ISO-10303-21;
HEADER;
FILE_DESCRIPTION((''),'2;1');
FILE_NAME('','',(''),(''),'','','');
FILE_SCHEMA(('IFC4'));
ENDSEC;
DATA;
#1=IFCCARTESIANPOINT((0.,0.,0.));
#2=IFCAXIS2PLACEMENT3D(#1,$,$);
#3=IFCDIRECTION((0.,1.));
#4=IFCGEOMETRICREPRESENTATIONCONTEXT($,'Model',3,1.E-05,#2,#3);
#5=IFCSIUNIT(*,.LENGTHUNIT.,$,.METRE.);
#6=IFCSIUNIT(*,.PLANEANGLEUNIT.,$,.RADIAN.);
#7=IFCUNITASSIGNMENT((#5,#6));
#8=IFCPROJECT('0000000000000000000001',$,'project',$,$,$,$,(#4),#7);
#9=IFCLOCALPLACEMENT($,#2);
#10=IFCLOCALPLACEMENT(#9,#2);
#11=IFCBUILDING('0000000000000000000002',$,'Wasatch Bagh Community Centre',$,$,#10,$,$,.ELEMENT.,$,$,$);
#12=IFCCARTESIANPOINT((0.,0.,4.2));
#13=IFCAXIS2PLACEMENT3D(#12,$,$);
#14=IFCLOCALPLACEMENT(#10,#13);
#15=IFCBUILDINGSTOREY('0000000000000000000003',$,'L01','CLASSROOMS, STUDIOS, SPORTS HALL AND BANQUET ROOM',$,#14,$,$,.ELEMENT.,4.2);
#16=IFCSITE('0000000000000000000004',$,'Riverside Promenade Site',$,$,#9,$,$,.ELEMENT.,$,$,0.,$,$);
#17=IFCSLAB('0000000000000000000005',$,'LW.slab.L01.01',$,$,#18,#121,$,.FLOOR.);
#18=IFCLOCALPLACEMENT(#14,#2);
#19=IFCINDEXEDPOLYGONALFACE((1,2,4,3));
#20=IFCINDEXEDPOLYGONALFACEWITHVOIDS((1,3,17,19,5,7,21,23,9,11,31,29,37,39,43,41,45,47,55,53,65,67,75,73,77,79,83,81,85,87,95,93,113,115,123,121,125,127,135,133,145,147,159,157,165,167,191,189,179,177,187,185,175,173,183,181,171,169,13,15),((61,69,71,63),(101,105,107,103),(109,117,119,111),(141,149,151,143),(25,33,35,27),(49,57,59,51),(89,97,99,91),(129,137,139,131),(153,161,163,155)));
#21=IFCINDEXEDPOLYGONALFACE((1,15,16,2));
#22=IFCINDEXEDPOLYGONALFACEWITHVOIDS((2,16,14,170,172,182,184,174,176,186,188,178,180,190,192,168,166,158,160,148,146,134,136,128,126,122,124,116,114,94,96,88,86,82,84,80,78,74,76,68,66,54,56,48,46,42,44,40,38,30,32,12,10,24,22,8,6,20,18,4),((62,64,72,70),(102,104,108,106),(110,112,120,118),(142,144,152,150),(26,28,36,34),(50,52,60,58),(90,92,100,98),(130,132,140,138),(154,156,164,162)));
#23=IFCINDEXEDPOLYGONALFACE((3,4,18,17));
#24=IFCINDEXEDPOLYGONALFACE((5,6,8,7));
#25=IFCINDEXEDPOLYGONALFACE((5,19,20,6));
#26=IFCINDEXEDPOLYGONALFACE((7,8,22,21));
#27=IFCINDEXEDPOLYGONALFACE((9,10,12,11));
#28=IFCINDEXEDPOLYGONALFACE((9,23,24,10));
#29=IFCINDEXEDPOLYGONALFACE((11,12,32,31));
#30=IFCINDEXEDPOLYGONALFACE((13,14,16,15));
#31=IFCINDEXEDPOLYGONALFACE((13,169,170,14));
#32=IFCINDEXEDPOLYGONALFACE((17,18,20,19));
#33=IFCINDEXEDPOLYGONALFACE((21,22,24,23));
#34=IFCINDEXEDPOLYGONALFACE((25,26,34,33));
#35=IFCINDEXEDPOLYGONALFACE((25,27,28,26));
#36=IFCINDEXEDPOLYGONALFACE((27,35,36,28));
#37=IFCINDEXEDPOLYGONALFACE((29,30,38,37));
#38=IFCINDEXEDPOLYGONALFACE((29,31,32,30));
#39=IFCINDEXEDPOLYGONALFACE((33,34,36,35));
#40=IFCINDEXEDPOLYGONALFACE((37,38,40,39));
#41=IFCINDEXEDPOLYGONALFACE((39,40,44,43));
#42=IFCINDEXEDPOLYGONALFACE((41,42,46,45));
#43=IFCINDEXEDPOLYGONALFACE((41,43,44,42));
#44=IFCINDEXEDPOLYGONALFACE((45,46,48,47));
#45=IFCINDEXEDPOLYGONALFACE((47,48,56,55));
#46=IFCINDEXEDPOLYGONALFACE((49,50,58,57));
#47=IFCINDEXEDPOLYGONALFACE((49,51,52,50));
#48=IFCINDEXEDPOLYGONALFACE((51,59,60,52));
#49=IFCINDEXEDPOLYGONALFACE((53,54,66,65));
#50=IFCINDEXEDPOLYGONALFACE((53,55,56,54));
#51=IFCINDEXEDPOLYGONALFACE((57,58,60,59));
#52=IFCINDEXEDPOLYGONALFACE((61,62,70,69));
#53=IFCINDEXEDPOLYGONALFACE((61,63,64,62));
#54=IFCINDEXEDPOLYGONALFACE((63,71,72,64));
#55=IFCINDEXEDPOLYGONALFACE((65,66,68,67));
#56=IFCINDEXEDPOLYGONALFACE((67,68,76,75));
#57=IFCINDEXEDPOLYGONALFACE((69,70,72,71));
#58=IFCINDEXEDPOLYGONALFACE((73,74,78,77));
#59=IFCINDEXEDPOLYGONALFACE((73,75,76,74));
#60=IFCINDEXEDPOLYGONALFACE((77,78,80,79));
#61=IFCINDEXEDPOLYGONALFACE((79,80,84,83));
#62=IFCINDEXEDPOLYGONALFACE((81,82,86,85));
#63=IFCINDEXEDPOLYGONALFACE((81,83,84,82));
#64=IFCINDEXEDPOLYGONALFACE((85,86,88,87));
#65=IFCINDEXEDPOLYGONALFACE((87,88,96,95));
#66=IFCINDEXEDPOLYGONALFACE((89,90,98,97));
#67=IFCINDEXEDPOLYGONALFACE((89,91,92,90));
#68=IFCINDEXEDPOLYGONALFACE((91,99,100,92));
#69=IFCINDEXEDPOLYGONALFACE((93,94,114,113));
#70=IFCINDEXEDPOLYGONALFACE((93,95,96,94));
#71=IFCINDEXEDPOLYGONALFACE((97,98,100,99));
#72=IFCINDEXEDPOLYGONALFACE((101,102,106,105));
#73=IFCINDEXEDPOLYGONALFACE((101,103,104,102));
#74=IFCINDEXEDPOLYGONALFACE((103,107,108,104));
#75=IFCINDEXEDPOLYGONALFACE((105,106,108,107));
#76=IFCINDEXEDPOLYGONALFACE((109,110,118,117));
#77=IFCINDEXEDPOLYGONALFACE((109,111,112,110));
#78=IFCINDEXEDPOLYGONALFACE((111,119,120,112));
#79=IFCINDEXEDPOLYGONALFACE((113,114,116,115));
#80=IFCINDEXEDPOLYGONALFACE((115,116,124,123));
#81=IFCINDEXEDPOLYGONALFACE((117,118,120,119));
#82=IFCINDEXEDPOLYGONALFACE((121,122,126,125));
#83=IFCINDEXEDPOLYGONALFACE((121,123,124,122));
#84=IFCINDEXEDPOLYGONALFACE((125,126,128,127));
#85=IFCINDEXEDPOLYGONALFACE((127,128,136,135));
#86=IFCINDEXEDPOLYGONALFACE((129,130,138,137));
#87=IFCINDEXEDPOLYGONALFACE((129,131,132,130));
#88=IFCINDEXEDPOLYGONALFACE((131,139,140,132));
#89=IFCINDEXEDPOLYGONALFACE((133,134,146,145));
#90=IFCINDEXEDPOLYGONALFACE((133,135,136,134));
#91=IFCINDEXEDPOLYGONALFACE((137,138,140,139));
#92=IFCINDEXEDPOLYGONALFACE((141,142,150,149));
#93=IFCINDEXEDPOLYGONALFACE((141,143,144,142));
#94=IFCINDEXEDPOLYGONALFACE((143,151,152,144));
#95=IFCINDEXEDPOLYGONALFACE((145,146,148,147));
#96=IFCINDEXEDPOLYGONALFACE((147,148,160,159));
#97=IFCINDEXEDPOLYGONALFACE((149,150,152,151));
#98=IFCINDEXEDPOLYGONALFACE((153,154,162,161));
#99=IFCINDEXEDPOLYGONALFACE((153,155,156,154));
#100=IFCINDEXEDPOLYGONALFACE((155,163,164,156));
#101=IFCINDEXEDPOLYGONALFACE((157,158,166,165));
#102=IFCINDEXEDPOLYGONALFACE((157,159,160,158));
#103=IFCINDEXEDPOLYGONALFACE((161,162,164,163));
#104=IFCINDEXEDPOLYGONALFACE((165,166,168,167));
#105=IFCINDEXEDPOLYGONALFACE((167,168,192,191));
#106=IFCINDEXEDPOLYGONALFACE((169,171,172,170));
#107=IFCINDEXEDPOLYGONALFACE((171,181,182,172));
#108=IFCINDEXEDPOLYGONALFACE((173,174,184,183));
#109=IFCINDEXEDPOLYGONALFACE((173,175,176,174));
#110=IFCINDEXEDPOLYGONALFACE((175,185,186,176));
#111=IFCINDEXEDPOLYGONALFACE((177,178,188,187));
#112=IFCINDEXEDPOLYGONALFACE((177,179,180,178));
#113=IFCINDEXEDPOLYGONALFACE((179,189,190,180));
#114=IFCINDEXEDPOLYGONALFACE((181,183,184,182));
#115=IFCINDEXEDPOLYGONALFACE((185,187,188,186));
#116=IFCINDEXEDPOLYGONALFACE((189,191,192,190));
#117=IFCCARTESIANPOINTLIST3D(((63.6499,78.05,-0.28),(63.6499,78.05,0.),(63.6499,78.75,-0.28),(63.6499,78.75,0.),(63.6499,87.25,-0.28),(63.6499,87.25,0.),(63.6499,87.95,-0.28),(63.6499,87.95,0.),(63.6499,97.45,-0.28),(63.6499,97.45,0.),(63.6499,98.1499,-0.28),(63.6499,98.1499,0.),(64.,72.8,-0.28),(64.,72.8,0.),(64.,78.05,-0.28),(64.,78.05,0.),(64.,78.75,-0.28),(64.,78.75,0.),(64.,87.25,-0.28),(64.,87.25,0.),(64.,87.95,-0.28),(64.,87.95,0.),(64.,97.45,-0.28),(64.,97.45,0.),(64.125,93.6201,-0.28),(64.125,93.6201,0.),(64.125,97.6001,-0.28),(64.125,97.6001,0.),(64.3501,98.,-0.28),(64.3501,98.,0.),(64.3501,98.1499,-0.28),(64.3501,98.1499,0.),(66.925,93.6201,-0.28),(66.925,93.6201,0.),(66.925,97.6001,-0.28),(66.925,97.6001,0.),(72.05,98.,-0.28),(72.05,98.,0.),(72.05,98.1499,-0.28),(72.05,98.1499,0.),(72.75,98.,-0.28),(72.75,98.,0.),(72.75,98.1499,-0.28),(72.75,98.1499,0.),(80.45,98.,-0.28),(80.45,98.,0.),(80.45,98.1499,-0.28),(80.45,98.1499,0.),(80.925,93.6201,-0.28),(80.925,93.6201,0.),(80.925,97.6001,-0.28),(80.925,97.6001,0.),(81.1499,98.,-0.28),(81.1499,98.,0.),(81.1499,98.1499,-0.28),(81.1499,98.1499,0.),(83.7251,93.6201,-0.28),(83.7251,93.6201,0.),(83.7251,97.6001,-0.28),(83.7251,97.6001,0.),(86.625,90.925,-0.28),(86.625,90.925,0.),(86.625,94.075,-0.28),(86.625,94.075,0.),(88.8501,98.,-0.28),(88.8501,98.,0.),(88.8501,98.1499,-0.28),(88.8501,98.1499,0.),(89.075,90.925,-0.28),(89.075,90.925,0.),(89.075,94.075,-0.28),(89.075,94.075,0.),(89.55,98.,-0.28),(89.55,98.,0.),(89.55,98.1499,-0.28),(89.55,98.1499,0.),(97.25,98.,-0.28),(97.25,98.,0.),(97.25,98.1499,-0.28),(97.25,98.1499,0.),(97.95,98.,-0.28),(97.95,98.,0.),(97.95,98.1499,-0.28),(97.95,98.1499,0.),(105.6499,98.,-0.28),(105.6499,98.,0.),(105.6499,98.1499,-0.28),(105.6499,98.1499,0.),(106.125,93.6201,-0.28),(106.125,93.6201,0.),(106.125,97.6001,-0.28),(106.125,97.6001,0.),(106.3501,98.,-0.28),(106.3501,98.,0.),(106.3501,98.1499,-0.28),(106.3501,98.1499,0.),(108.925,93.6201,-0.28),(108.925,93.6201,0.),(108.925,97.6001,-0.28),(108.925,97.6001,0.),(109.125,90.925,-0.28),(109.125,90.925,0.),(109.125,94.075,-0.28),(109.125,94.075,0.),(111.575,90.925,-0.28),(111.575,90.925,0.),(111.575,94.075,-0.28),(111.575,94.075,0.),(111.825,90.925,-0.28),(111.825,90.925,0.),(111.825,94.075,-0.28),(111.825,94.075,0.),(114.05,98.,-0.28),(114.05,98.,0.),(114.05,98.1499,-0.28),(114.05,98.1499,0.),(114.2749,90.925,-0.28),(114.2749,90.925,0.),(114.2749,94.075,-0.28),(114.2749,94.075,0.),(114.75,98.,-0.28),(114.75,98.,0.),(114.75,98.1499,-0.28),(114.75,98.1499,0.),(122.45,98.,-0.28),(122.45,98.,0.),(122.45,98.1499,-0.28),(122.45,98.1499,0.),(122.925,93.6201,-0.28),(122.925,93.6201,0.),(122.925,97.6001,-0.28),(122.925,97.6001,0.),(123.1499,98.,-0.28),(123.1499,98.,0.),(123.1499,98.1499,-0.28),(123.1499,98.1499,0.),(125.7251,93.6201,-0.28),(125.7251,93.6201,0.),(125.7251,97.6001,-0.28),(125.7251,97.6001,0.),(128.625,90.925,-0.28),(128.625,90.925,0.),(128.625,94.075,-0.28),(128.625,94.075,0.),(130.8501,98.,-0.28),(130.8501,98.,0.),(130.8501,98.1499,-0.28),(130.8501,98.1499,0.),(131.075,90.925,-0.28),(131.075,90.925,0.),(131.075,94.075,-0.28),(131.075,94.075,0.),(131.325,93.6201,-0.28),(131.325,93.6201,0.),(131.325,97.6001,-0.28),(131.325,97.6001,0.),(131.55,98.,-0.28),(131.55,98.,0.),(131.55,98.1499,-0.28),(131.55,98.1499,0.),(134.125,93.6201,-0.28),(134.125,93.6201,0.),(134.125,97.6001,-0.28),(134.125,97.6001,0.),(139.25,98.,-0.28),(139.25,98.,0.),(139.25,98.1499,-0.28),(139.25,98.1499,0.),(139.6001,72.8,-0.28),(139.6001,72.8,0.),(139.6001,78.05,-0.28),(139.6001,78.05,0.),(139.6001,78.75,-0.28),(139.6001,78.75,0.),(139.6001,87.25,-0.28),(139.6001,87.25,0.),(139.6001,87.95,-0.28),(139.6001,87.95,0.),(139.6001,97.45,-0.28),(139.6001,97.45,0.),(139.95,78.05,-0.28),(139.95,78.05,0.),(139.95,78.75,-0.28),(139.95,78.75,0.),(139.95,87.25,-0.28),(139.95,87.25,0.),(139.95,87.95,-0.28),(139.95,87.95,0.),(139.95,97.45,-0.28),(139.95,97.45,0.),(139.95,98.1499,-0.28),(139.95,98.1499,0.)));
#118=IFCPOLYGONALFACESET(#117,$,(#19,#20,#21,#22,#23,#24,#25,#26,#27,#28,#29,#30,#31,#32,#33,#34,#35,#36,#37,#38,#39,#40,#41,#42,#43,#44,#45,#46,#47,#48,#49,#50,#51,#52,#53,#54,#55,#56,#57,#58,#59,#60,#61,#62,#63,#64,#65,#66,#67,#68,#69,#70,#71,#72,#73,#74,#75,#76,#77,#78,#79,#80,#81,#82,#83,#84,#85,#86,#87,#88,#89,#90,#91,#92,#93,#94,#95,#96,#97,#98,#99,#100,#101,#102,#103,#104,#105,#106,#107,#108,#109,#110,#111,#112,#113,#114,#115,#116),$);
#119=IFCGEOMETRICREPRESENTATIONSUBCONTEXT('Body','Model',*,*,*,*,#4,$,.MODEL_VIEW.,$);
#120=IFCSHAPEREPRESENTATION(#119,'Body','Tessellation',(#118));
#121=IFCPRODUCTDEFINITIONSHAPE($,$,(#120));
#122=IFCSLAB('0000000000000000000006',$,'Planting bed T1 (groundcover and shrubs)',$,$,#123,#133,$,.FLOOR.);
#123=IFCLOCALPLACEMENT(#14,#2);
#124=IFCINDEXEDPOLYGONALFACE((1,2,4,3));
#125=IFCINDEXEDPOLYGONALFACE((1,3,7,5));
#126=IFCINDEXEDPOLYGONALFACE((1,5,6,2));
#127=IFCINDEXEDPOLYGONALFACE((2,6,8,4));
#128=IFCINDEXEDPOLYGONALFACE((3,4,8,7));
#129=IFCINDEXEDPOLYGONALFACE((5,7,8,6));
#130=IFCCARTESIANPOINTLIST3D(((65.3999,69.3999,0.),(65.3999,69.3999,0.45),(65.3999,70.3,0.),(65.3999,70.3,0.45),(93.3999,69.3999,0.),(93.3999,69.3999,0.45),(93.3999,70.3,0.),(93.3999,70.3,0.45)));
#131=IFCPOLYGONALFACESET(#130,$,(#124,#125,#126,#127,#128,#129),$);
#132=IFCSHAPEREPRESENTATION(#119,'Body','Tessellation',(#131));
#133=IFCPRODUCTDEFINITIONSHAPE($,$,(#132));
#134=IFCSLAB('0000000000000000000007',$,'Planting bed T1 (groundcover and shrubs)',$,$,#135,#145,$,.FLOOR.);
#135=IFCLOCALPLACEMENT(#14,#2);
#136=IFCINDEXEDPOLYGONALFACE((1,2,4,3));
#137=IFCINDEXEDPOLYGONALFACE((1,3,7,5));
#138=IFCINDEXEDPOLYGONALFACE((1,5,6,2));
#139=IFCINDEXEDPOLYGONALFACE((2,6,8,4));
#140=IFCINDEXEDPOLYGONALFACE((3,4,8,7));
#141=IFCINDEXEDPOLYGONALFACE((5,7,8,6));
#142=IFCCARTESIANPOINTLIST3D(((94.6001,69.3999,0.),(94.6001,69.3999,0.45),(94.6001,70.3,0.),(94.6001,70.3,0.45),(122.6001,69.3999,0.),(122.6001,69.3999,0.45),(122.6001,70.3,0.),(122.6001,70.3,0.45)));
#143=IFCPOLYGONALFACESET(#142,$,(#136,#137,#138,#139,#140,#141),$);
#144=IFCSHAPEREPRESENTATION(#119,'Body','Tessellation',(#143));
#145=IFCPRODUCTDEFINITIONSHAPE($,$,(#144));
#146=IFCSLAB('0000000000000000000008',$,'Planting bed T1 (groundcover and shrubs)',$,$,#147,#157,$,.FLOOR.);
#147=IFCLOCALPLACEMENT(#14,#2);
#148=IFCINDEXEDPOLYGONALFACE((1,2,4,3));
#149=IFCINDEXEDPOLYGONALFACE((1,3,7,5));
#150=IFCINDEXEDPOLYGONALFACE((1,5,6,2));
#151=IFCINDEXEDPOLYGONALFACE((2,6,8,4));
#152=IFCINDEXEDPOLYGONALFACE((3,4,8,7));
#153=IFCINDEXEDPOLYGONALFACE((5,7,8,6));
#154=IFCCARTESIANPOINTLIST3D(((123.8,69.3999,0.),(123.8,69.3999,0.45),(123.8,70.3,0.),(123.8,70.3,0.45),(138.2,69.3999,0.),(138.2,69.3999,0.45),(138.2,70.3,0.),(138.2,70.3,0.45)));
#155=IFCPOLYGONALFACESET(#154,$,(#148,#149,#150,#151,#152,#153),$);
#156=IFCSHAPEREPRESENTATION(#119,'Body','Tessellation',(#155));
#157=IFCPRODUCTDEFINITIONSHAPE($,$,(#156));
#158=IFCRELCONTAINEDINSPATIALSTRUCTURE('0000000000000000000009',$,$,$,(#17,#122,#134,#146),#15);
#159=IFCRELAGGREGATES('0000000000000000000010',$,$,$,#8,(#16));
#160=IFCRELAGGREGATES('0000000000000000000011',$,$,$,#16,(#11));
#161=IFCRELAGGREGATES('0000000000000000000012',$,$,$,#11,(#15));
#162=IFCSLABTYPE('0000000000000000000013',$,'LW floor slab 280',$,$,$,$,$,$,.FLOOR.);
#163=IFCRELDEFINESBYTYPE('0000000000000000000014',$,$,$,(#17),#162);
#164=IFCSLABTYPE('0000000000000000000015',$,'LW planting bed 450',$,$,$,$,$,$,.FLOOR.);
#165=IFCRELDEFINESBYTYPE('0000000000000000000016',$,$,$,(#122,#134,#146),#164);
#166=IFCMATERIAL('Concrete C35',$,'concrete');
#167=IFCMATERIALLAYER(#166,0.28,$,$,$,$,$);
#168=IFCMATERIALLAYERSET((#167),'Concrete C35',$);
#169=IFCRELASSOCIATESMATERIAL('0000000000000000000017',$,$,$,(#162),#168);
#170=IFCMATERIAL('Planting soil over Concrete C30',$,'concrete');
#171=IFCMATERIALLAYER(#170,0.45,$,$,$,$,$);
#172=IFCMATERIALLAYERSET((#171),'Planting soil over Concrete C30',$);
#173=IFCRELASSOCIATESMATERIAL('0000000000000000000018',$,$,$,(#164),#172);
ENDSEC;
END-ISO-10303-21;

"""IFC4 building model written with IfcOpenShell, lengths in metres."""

from ifc_helpers import new_model, si_unit, direction, frame, origin, place, context, subcontext, project, spatial, polyline, outline, extrude, material, layer, layer_set, type_object, element, save


model = new_model("IFC4")

# Units and contexts
model_context = context("Model", 3, precision=1e-05, world=origin(), true_north=direction((0.0, 1.0)))
body_context = subcontext(model_context, "Body", "Model", "MODEL_VIEW")
ifc_project = project(units=[si_unit("LENGTHUNIT", "METRE"), si_unit("PLANEANGLEUNIT", "RADIAN")], contexts=[model_context])

# Site, building, storey
site_placement = place(None, origin())
site = spatial("IfcSite", under=ifc_project, at=site_placement, Name="Riverside Promenade Site", CompositionType="ELEMENT", RefElevation=0.0)
building_placement = place(site_placement, origin())
building = spatial("IfcBuilding", under=site, at=building_placement, Name="Wasatch Bagh Community Centre", CompositionType="ELEMENT")
storey_placement = place(building_placement, frame((0.0, 0.0, 4.2)))
storey = spatial("IfcBuildingStorey", under=building, at=storey_placement, Name="L01", Description="CLASSROOMS, STUDIOS, SPORTS HALL AND BANQUET ROOM", CompositionType="ELEMENT", Elevation=4.2)

# Slabs
ifc_material_1 = material(Name="Concrete C35", Category="concrete")
ifc_layer_1 = layer(ifc_material_1, 0.28)
ifc_layer_set_1 = layer_set([ifc_layer_1], Name="Concrete C35")
slab_type_1 = type_object("IfcSlabType", Name="LW floor slab 280", PredefinedType="FLOOR", material=ifc_layer_set_1)
slab_1_placement = place(storey_placement, frame((0.0, 0.0, -0.28)))
element("IfcSlab", 1, at=slab_1_placement, inside=storey, type_object=slab_type_1, Name="LW.slab.L01.01", PredefinedType="FLOOR", context=body_context, shape_type="SweptSolid", body=[
    extrude(outline(polyline([(139.95, 78.05), (139.6001, 78.05), (139.6001, 72.8), (64.0, 72.8), (64.0, 78.05), (63.6499, 78.05), (63.6499, 78.75), (64.0, 78.75), (64.0, 87.25), (63.6499, 87.25), (63.6499, 87.95), (64.0, 87.95), (64.0, 97.45), (63.6499, 97.45), (63.6499, 98.1499), (64.3501, 98.1499), (64.3501, 98.0), (72.05, 98.0), (72.05, 98.1499), (72.75, 98.1499), (72.75, 98.0), (80.45, 98.0), (80.45, 98.1499), (81.1499, 98.1499), (81.1499, 98.0), (88.8501, 98.0), (88.8501, 98.1499), (89.55, 98.1499), (89.55, 98.0), (97.25, 98.0), (97.25, 98.1499), (97.95, 98.1499), (97.95, 98.0), (105.6499, 98.0), (105.6499, 98.1499), (106.3501, 98.1499), (106.3501, 98.0), (114.05, 98.0), (114.05, 98.1499), (114.75, 98.1499), (114.75, 98.0), (122.45, 98.0), (122.45, 98.1499), (123.1499, 98.1499), (123.1499, 98.0), (130.8501, 98.0), (130.8501, 98.1499), (131.55, 98.1499), (131.55, 98.0), (139.25, 98.0), (139.25, 98.1499), (139.95, 98.1499), (139.95, 97.45), (139.6001, 97.45), (139.6001, 87.95), (139.95, 87.95), (139.95, 87.25), (139.6001, 87.25), (139.6001, 78.75), (139.95, 78.75), (139.95, 78.05)]), holes=[polyline([(89.075, 94.075), (89.075, 90.925), (86.625, 90.925), (86.625, 94.075), (89.075, 94.075)]), polyline([(111.575, 94.075), (111.575, 90.925), (109.125, 90.925), (109.125, 94.075), (111.575, 94.075)]), polyline([(114.2749, 94.075), (114.2749, 90.925), (111.825, 90.925), (111.825, 94.075), (114.2749, 94.075)]), polyline([(131.075, 94.075), (131.075, 90.925), (128.625, 90.925), (128.625, 94.075), (131.075, 94.075)]), polyline([(66.925, 97.6001), (66.925, 93.6201), (64.125, 93.6201), (64.125, 97.6001), (66.925, 97.6001)]), polyline([(83.7251, 97.6001), (83.7251, 93.6201), (80.925, 93.6201), (80.925, 97.6001), (83.7251, 97.6001)]), polyline([(108.925, 97.6001), (108.925, 93.6201), (106.125, 93.6201), (106.125, 97.6001), (108.925, 97.6001)]), polyline([(125.7251, 93.6201), (122.925, 93.6201), (122.925, 97.6001), (125.7251, 97.6001), (125.7251, 93.6201)]), polyline([(134.125, 93.6201), (131.325, 93.6201), (131.325, 97.6001), (134.125, 97.6001), (134.125, 93.6201)])]), origin(), (0.0, 0.0, 1.0), 0.28),
])
ifc_material_2 = material(Name="Planting soil over Concrete C30", Category="concrete")
ifc_layer_2 = layer(ifc_material_2, 0.45)
ifc_layer_set_2 = layer_set([ifc_layer_2], Name="Planting soil over Concrete C30")
slab_type_2 = type_object("IfcSlabType", Name="LW planting bed 450", PredefinedType="FLOOR", material=ifc_layer_set_2)
slab_2_placement = place(storey_placement, origin())
element("IfcSlab", 2, at=slab_2_placement, inside=storey, type_object=slab_type_2, Name="Planting bed T1 (groundcover and shrubs)", PredefinedType="FLOOR", context=body_context, shape_type="SweptSolid", body=[
    extrude(outline(polyline([(65.3999, 69.3999), (93.3999, 69.3999), (93.3999, 70.3), (65.3999, 70.3), (65.3999, 69.3999)])), origin(), (0.0, 0.0, 1.0), 0.45),
])
slab_3_placement = place(storey_placement, origin())
element("IfcSlab", 3, at=slab_3_placement, inside=storey, type_object=slab_type_2, Name="Planting bed T1 (groundcover and shrubs)", PredefinedType="FLOOR", context=body_context, shape_type="SweptSolid", body=[
    extrude(outline(polyline([(94.6001, 69.3999), (122.6001, 69.3999), (122.6001, 70.3), (94.6001, 70.3), (94.6001, 69.3999)])), origin(), (0.0, 0.0, 1.0), 0.45),
])
slab_4_placement = place(storey_placement, origin())
element("IfcSlab", 4, at=slab_4_placement, inside=storey, type_object=slab_type_2, Name="Planting bed T1 (groundcover and shrubs)", PredefinedType="FLOOR", context=body_context, shape_type="SweptSolid", body=[
    extrude(outline(polyline([(123.8, 69.3999), (138.2, 69.3999), (138.2, 70.3), (123.8, 70.3), (123.8, 69.3999)])), origin(), (0.0, 0.0, 1.0), 0.45),
])

save(model, "model.ifc")
